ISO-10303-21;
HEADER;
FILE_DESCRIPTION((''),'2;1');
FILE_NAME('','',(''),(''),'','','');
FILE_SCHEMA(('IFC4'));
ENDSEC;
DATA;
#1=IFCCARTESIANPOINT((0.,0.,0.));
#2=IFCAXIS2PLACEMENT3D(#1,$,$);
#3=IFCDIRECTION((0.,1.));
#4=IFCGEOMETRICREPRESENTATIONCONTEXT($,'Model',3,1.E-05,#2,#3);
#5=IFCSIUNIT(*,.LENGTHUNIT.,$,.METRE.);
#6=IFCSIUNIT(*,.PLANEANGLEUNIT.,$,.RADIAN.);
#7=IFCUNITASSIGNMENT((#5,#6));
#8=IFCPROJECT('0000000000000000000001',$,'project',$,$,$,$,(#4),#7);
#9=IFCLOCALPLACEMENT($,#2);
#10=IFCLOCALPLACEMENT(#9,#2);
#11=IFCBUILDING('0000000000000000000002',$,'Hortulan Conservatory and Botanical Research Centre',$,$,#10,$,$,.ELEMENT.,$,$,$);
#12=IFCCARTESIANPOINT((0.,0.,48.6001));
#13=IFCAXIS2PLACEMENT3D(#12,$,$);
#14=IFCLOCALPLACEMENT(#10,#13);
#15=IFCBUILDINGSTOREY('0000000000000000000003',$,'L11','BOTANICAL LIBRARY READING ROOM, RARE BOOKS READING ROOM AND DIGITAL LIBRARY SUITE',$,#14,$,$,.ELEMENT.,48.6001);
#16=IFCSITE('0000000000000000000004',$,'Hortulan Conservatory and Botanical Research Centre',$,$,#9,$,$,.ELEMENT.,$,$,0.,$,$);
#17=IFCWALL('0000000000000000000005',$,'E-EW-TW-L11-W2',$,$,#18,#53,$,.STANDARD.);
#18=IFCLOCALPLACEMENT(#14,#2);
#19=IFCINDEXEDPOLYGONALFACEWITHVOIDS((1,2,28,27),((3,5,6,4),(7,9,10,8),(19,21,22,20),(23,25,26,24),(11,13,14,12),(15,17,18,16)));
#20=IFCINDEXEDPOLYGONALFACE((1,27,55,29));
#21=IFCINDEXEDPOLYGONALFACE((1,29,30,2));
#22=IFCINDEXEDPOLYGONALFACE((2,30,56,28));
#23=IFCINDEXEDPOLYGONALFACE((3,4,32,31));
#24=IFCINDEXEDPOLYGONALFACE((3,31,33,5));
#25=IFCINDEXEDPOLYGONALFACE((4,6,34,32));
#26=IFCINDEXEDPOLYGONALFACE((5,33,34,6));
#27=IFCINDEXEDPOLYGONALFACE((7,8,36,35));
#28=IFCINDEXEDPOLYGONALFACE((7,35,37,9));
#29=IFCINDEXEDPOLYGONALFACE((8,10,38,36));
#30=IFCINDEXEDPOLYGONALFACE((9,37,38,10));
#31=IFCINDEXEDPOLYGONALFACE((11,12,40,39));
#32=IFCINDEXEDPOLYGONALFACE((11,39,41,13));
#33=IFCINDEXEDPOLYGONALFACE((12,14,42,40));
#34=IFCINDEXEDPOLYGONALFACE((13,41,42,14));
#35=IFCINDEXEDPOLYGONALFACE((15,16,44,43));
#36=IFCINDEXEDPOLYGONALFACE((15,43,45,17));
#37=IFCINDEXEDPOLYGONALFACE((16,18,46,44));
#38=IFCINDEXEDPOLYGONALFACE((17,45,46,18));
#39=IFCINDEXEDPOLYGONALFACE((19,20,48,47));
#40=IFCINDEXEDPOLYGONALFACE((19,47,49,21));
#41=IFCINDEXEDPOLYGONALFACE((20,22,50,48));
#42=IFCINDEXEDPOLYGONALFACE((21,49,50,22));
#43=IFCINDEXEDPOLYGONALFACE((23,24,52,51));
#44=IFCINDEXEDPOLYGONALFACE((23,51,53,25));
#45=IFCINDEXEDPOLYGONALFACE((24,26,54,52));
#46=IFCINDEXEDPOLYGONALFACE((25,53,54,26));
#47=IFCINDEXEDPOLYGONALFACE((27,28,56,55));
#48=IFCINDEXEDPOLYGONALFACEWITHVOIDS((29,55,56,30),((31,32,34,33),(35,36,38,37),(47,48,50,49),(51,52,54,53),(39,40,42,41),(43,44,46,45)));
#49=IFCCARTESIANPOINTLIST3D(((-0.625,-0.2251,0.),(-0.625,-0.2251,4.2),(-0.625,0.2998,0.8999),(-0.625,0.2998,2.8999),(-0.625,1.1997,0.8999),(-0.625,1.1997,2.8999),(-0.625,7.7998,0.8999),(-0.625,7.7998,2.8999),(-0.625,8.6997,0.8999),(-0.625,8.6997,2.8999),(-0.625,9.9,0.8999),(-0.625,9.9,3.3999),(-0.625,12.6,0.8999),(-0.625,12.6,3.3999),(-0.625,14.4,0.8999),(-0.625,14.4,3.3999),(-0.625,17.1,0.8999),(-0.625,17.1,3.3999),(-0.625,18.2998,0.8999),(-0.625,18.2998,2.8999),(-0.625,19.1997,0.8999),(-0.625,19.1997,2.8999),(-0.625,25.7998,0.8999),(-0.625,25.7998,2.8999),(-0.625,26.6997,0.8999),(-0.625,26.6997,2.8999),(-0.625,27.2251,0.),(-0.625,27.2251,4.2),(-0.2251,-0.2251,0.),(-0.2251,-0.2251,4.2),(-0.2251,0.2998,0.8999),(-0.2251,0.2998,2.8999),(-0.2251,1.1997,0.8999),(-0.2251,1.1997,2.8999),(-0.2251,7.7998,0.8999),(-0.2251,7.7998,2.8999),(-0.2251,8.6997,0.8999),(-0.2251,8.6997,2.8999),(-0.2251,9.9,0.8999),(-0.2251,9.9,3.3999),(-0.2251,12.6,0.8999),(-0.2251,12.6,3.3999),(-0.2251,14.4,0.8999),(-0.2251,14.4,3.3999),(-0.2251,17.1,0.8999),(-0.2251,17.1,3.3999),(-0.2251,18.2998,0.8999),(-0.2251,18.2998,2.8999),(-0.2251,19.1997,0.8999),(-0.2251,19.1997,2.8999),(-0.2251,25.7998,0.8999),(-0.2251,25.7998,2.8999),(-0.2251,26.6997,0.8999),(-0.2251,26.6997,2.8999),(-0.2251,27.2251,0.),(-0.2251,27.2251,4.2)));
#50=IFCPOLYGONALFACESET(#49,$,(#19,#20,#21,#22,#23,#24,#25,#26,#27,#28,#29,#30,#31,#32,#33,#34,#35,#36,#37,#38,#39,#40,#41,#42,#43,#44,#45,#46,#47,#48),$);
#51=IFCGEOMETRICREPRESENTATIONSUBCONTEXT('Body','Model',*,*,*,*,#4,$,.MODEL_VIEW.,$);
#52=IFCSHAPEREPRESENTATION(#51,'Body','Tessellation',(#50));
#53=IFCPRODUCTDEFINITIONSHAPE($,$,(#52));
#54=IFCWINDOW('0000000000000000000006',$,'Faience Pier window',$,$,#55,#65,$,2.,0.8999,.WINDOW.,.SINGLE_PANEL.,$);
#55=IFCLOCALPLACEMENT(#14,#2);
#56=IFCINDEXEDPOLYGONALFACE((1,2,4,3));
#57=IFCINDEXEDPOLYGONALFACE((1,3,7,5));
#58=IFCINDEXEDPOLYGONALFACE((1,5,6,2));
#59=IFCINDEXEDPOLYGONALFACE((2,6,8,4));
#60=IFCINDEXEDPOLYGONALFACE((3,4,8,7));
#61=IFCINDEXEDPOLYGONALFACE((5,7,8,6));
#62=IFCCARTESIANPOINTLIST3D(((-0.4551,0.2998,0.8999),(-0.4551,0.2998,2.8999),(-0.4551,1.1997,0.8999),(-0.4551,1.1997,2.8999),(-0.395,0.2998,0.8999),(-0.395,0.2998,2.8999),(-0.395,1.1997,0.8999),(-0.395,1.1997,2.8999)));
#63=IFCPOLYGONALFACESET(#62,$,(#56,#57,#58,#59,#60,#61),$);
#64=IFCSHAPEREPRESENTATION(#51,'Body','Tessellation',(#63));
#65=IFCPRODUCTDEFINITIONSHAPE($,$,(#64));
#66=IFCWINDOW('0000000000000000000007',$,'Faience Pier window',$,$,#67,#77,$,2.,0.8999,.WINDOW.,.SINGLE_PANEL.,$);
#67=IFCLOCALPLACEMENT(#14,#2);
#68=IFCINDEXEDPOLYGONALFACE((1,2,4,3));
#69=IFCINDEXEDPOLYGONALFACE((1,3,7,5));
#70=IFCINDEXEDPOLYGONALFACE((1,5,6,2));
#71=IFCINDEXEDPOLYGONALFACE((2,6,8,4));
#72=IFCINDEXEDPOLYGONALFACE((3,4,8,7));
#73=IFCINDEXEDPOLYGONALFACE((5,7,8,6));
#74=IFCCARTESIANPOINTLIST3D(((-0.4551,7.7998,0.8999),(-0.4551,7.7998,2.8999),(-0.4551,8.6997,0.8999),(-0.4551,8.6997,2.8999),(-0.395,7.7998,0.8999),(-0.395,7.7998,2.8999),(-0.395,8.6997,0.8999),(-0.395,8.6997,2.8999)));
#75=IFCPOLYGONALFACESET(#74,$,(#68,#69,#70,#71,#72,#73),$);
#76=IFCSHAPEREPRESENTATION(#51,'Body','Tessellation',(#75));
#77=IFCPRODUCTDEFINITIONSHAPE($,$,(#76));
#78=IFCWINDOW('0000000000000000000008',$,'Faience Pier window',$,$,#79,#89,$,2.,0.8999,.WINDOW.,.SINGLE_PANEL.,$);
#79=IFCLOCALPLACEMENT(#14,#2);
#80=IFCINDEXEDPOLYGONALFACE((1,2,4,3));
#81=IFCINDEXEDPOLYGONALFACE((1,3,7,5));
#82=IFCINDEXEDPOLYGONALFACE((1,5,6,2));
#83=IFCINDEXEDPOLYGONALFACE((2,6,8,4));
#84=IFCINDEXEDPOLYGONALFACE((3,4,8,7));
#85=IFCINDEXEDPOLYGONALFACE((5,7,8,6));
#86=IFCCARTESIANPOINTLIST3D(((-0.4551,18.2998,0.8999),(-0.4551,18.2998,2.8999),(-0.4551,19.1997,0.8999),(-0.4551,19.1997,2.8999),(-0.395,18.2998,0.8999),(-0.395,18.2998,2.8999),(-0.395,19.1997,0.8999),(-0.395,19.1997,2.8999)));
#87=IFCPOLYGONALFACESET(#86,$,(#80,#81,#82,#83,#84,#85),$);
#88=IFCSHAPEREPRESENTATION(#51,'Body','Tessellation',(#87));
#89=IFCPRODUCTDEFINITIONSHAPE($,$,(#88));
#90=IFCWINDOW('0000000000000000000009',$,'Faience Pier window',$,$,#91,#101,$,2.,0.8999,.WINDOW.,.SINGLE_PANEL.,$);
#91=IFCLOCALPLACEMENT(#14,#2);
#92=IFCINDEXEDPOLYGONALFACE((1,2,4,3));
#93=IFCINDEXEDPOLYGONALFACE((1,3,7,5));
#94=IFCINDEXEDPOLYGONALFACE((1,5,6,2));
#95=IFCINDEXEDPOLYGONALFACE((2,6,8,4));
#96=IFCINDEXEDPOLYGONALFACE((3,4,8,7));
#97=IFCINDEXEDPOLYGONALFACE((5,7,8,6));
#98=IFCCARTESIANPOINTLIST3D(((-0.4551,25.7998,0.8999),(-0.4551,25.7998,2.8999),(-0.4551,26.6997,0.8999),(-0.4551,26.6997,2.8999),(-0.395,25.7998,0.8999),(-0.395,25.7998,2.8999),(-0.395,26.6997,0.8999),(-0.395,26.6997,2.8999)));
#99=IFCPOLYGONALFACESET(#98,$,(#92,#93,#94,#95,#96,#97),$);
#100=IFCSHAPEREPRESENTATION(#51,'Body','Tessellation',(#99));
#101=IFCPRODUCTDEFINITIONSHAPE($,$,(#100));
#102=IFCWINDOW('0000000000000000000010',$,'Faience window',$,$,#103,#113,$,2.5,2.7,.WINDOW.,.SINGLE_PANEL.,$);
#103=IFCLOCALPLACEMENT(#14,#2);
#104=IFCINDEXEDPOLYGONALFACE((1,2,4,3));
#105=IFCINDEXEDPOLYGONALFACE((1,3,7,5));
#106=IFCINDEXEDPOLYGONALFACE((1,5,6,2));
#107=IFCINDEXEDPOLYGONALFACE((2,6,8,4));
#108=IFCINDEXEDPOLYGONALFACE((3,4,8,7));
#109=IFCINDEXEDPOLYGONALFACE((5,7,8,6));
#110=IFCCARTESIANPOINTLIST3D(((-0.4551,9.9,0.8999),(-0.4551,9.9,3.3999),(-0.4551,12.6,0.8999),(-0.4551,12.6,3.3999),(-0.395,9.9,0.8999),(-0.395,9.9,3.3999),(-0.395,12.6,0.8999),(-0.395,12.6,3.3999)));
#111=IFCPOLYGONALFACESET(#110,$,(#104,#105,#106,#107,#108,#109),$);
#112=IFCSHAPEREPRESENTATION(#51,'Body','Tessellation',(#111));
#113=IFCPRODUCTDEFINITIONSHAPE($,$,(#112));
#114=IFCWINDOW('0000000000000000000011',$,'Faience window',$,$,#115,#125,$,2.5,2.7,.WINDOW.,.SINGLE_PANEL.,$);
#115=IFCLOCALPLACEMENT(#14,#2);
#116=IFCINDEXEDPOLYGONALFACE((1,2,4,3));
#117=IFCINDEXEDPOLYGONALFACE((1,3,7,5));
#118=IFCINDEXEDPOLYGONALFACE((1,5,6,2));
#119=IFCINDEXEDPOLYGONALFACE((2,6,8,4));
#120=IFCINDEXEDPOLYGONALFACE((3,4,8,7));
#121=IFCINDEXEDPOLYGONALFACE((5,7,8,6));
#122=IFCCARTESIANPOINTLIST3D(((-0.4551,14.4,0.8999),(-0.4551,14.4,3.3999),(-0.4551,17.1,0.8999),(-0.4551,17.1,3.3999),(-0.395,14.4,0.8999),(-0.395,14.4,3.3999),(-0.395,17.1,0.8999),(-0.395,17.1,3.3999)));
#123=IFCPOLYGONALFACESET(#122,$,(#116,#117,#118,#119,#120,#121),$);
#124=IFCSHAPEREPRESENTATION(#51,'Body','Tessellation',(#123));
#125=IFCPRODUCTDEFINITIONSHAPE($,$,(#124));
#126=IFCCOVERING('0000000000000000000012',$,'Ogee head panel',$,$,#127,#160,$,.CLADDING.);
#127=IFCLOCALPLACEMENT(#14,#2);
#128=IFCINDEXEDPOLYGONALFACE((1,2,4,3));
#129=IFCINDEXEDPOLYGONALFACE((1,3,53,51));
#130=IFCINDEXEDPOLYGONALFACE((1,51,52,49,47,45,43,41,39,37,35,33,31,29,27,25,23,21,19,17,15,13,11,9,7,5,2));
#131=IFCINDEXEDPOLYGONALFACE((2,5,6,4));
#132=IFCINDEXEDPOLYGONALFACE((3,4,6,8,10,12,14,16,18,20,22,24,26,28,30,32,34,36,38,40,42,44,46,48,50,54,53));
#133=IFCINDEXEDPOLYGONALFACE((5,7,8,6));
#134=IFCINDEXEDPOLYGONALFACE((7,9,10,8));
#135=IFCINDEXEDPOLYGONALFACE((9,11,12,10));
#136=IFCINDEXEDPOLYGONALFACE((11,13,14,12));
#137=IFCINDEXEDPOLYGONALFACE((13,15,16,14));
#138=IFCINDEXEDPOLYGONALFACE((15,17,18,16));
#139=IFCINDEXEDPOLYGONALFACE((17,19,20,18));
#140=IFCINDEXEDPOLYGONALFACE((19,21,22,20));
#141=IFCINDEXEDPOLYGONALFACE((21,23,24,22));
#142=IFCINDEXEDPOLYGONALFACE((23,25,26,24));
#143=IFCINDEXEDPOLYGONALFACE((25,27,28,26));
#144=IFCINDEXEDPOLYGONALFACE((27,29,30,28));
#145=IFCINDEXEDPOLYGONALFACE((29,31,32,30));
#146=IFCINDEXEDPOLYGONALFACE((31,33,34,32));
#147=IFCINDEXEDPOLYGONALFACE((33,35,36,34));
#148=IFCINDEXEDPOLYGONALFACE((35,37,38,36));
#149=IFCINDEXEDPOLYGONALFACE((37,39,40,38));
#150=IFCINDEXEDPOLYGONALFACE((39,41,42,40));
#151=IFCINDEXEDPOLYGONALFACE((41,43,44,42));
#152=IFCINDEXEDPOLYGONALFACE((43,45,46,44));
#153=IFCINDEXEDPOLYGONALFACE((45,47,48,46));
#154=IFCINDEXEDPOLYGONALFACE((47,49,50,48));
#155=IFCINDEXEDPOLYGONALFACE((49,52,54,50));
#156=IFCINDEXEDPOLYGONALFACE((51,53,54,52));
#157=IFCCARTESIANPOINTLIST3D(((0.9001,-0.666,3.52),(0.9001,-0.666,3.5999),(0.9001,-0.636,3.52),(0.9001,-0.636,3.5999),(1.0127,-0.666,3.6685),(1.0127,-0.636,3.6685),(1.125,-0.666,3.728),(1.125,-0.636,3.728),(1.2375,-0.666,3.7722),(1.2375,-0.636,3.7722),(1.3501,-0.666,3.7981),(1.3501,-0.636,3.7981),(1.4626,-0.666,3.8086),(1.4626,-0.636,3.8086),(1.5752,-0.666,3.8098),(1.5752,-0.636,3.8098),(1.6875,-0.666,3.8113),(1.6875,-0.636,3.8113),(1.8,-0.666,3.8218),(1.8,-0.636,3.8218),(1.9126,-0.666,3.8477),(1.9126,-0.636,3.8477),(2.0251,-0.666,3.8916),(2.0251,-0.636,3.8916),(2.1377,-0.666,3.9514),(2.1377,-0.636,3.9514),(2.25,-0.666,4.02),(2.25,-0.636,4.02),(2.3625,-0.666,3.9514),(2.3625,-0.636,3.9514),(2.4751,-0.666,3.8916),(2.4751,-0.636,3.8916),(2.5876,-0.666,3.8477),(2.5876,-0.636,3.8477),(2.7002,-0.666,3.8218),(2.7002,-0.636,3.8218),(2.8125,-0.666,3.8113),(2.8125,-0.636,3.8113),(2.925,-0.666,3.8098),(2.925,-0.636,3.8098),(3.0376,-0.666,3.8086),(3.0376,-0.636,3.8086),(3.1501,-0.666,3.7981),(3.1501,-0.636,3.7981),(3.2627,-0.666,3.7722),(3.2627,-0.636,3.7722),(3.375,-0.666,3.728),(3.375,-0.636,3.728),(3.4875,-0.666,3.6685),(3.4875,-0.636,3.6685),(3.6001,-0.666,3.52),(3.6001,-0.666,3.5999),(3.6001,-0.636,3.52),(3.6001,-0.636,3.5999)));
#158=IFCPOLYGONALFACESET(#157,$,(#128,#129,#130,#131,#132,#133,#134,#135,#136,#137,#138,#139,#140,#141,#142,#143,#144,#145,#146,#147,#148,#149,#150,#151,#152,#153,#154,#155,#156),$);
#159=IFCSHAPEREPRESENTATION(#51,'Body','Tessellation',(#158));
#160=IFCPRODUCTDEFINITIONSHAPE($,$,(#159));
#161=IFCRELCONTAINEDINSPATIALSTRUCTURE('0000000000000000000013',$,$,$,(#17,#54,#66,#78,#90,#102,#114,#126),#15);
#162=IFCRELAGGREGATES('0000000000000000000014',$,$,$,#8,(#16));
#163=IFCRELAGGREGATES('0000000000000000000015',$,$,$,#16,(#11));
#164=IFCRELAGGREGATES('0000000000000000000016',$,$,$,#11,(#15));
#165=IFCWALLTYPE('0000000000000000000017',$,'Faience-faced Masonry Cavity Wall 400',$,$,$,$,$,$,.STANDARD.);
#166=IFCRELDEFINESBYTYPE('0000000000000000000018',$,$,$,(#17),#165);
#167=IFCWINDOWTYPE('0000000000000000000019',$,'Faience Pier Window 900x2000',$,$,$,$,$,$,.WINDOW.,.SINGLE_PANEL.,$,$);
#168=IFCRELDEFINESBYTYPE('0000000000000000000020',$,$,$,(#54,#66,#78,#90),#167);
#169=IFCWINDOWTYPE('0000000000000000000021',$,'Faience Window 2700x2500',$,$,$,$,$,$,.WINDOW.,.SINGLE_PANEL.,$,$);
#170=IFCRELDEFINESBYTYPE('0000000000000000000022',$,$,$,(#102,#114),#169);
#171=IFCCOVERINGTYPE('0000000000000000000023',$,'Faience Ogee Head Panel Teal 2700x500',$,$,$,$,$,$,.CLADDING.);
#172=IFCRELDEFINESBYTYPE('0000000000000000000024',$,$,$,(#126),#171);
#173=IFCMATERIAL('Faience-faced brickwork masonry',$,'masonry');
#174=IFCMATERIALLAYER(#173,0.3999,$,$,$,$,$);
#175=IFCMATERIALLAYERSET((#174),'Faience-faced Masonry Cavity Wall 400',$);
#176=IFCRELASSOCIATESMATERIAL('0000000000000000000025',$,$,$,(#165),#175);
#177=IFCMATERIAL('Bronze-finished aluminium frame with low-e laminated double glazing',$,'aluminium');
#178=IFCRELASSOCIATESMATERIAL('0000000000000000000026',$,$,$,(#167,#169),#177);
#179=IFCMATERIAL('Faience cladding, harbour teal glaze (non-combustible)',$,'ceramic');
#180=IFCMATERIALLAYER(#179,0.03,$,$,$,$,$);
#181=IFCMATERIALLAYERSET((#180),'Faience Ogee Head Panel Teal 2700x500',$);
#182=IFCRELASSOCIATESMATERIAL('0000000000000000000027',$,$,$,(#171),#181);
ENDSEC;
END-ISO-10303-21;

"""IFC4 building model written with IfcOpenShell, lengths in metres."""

from ifc_helpers import new_model, si_unit, direction, frame, frame_2d, origin, place, context, subcontext, project, spatial, polyline, rectangle, outline, extrude, material, layer, layer_set, type_object, element, fill, save


model = new_model("IFC4")

# Units and contexts
model_context = context("Model", 3, precision=1e-05, world=origin(), true_north=direction((0.0, 1.0)))
body_context = subcontext(model_context, "Body", "Model", "MODEL_VIEW")
ifc_project = project(units=[si_unit("LENGTHUNIT", "METRE"), si_unit("PLANEANGLEUNIT", "RADIAN")], contexts=[model_context])

# Site, building, storey
site_placement = place(None, origin())
site = spatial("IfcSite", under=ifc_project, at=site_placement, Name="Hortulan Conservatory and Botanical Research Centre", CompositionType="ELEMENT", RefElevation=0.0)
building_placement = place(site_placement, origin())
building = spatial("IfcBuilding", under=site, at=building_placement, Name="Hortulan Conservatory and Botanical Research Centre", CompositionType="ELEMENT")
storey_placement = place(building_placement, frame((0.0, 0.0, 48.6001)))
storey = spatial("IfcBuildingStorey", under=building, at=storey_placement, Name="L11", Description="BOTANICAL LIBRARY READING ROOM, RARE BOOKS READING ROOM AND DIGITAL LIBRARY SUITE", CompositionType="ELEMENT", Elevation=48.6001)

# Wall, openings, windows
ifc_material_1 = material(Name="Faience-faced brickwork masonry", Category="masonry")
ifc_layer_1 = layer(ifc_material_1, 0.3999)
ifc_layer_set_1 = layer_set([ifc_layer_1], Name="Faience-faced Masonry Cavity Wall 400")
wall_type = type_object("IfcWallType", Name="Faience-faced Masonry Cavity Wall 400", PredefinedType="STANDARD", material=ifc_layer_set_1)
wall_placement = place(storey_placement, frame((-0.425, -0.2251, 0.0), z_axis=(0.0, 0.0, 1.0), x_axis=(0.0, 1.0, 0.0)))
wall = element("IfcWall", 1, at=wall_placement, inside=storey, type_object=wall_type, Name="E-EW-TW-L11-W2", PredefinedType="STANDARD", context=body_context, shape_type="SweptSolid", body=[
    extrude(rectangle(XDim=27.4502, YDim=0.3999, at=frame_2d((13.7251, 0.0))), origin(), (0.0, 0.0, 1.0), 4.2),
])
opening_1_placement = place(wall_placement, frame((0.5249, 0.0, 0.8999)))
opening_1 = element("IfcOpeningElement", 2, at=opening_1_placement, cuts=wall, PredefinedType="OPENING", context=body_context, shape_type="SweptSolid", body=[
    extrude(rectangle(XDim=0.8999, YDim=2.0, at=frame_2d((0.45, 1.0))), frame((0.0, 0.21, 0.0), z_axis=(0.0, -1.0, 0.0), x_axis=(1.0, 0.0, 0.0)), (0.0, 0.0, 1.0), 0.4199),
])
opening_2_placement = place(wall_placement, frame((8.0249, 0.0, 0.8999)))
opening_2 = element("IfcOpeningElement", 3, at=opening_2_placement, cuts=wall, PredefinedType="OPENING", context=body_context, shape_type="SweptSolid", body=[
    extrude(rectangle(XDim=0.8999, YDim=2.0, at=frame_2d((0.45, 1.0))), frame((0.0, 0.21, 0.0), z_axis=(0.0, -1.0, 0.0), x_axis=(1.0, 0.0, 0.0)), (0.0, 0.0, 1.0), 0.4199),
])
opening_3_placement = place(wall_placement, frame((10.125, 0.0, 0.8999)))
opening_3 = element("IfcOpeningElement", 4, at=opening_3_placement, cuts=wall, PredefinedType="OPENING", context=body_context, shape_type="SweptSolid", body=[
    extrude(rectangle(XDim=2.7, YDim=2.5, at=frame_2d((1.3501, 1.25))), frame((0.0, 0.21, 0.0), z_axis=(0.0, -1.0, 0.0), x_axis=(1.0, 0.0, 0.0)), (0.0, 0.0, 1.0), 0.4199),
])
opening_4_placement = place(wall_placement, frame((14.625, 0.0, 0.8999)))
opening_4 = element("IfcOpeningElement", 5, at=opening_4_placement, cuts=wall, PredefinedType="OPENING", context=body_context, shape_type="SweptSolid", body=[
    extrude(rectangle(XDim=2.7, YDim=2.5, at=frame_2d((1.3501, 1.25))), frame((0.0, 0.21, 0.0), z_axis=(0.0, -1.0, 0.0), x_axis=(1.0, 0.0, 0.0)), (0.0, 0.0, 1.0), 0.4199),
])
opening_5_placement = place(wall_placement, frame((18.5249, 0.0, 0.8999)))
opening_5 = element("IfcOpeningElement", 6, at=opening_5_placement, cuts=wall, PredefinedType="OPENING", context=body_context, shape_type="SweptSolid", body=[
    extrude(rectangle(XDim=0.8999, YDim=2.0, at=frame_2d((0.45, 1.0))), frame((0.0, 0.21, 0.0), z_axis=(0.0, -1.0, 0.0), x_axis=(1.0, 0.0, 0.0)), (0.0, 0.0, 1.0), 0.4199),
])
opening_6_placement = place(wall_placement, frame((26.0249, 0.0, 0.8999)))
opening_6 = element("IfcOpeningElement", 7, at=opening_6_placement, cuts=wall, PredefinedType="OPENING", context=body_context, shape_type="SweptSolid", body=[
    extrude(rectangle(XDim=0.8999, YDim=2.0, at=frame_2d((0.45, 1.0))), frame((0.0, 0.21, 0.0), z_axis=(0.0, -1.0, 0.0), x_axis=(1.0, 0.0, 0.0)), (0.0, 0.0, 1.0), 0.4199),
])
ifc_material_2 = material(Name="Bronze-finished aluminium frame with low-e laminated double glazing", Category="aluminium")
window_type_1 = type_object("IfcWindowType", Name="Faience Pier Window 900x2000", PartitioningType="SINGLE_PANEL", PredefinedType="WINDOW", material=ifc_material_2)
window_1_placement = place(opening_1_placement, origin())
window_1 = element("IfcWindow", 8, at=window_1_placement, inside=storey, type_object=window_type_1, Name="Faience Pier window", OverallHeight=2.0, OverallWidth=0.8999, PartitioningType="SINGLE_PANEL", PredefinedType="WINDOW", context=body_context, shape_type="SweptSolid", body=[
    extrude(rectangle(XDim=0.8999, YDim=2.0, at=frame_2d((0.45, 1.0))), frame((0.0, 0.03, 0.0), z_axis=(0.0, -1.0, 0.0), x_axis=(1.0, 0.0, 0.0)), (0.0, 0.0, 1.0), 0.0601),
])
fill(opening_1, window_1)
window_2_placement = place(opening_2_placement, origin())
window_2 = element("IfcWindow", 9, at=window_2_placement, inside=storey, type_object=window_type_1, Name="Faience Pier window", OverallHeight=2.0, OverallWidth=0.8999, PartitioningType="SINGLE_PANEL", PredefinedType="WINDOW", context=body_context, shape_type="SweptSolid", body=[
    extrude(rectangle(XDim=0.8999, YDim=2.0, at=frame_2d((0.45, 1.0))), frame((0.0, 0.03, 0.0), z_axis=(0.0, -1.0, 0.0), x_axis=(1.0, 0.0, 0.0)), (0.0, 0.0, 1.0), 0.0601),
])
fill(opening_2, window_2)
window_3_placement = place(opening_5_placement, origin())
window_3 = element("IfcWindow", 10, at=window_3_placement, inside=storey, type_object=window_type_1, Name="Faience Pier window", OverallHeight=2.0, OverallWidth=0.8999, PartitioningType="SINGLE_PANEL", PredefinedType="WINDOW", context=body_context, shape_type="SweptSolid", body=[
    extrude(rectangle(XDim=0.8999, YDim=2.0, at=frame_2d((0.45, 1.0))), frame((0.0, 0.03, 0.0), z_axis=(0.0, -1.0, 0.0), x_axis=(1.0, 0.0, 0.0)), (0.0, 0.0, 1.0), 0.0601),
])
fill(opening_5, window_3)
window_4_placement = place(opening_6_placement, origin())
window_4 = element("IfcWindow", 11, at=window_4_placement, inside=storey, type_object=window_type_1, Name="Faience Pier window", OverallHeight=2.0, OverallWidth=0.8999, PartitioningType="SINGLE_PANEL", PredefinedType="WINDOW", context=body_context, shape_type="SweptSolid", body=[
    extrude(rectangle(XDim=0.8999, YDim=2.0, at=frame_2d((0.45, 1.0))), frame((0.0, 0.03, 0.0), z_axis=(0.0, -1.0, 0.0), x_axis=(1.0, 0.0, 0.0)), (0.0, 0.0, 1.0), 0.0601),
])
fill(opening_6, window_4)
window_type_2 = type_object("IfcWindowType", Name="Faience Window 2700x2500", PartitioningType="SINGLE_PANEL", PredefinedType="WINDOW", material=ifc_material_2)
window_5_placement = place(opening_3_placement, origin())
window_5 = element("IfcWindow", 12, at=window_5_placement, inside=storey, type_object=window_type_2, Name="Faience window", OverallHeight=2.5, OverallWidth=2.7, PartitioningType="SINGLE_PANEL", PredefinedType="WINDOW", context=body_context, shape_type="SweptSolid", body=[
    extrude(rectangle(XDim=2.7, YDim=2.5, at=frame_2d((1.3501, 1.25))), frame((0.0, 0.03, 0.0), z_axis=(0.0, -1.0, 0.0), x_axis=(1.0, 0.0, 0.0)), (0.0, 0.0, 1.0), 0.0601),
])
fill(opening_3, window_5)
window_6_placement = place(opening_4_placement, origin())
window_6 = element("IfcWindow", 13, at=window_6_placement, inside=storey, type_object=window_type_2, Name="Faience window", OverallHeight=2.5, OverallWidth=2.7, PartitioningType="SINGLE_PANEL", PredefinedType="WINDOW", context=body_context, shape_type="SweptSolid", body=[
    extrude(rectangle(XDim=2.7, YDim=2.5, at=frame_2d((1.3501, 1.25))), frame((0.0, 0.03, 0.0), z_axis=(0.0, -1.0, 0.0), x_axis=(1.0, 0.0, 0.0)), (0.0, 0.0, 1.0), 0.0601),
])
fill(opening_4, window_6)

# Covering
ifc_material_3 = material(Name="Faience cladding, harbour teal glaze (non-combustible)", Category="ceramic")
ifc_layer_2 = layer(ifc_material_3, 0.03)
ifc_layer_set_2 = layer_set([ifc_layer_2], Name="Faience Ogee Head Panel Teal 2700x500")
covering_type_1 = type_object("IfcCoveringType", Name="Faience Ogee Head Panel Teal 2700x500", PredefinedType="CLADDING", material=ifc_layer_set_2)
covering_1_placement = place(storey_placement, frame((3.6001, -0.6509, 3.52), z_axis=(0.0, 0.0, 1.0), x_axis=(-1.0, 0.0, 0.0)))
element("IfcCovering", 14, at=covering_1_placement, inside=storey, type_object=covering_type_1, Name="Ogee head panel", PredefinedType="CLADDING", context=body_context, shape_type="SweptSolid", body=[
    extrude(outline(polyline([(0.0, 0.0), (2.7, 0.0), (2.7, 0.0798), (2.5874, 0.1484), (2.4751, 0.208), (2.3625, 0.2522), (2.25, 0.2781), (2.1375, 0.2886), (2.0249, 0.2898), (1.9126, 0.2913), (1.8, 0.3018), (1.6875, 0.3276), (1.575, 0.3716), (1.4624, 0.4314), (1.3501, 0.5), (1.2375, 0.4314), (1.125, 0.3716), (1.0125, 0.3276), (0.8999, 0.3018), (0.7876, 0.2913), (0.675, 0.2898), (0.5625, 0.2886), (0.45, 0.2781), (0.3374, 0.2522), (0.2251, 0.208), (0.1125, 0.1484), (0.0, 0.0798), (0.0, 0.0)])), frame((0.0, 0.0151, 0.0), z_axis=(0.0, -1.0, 0.0), x_axis=(1.0, 0.0, 0.0)), (0.0, 0.0, 1.0), 0.03),
])

save(model, "model.ifc")
